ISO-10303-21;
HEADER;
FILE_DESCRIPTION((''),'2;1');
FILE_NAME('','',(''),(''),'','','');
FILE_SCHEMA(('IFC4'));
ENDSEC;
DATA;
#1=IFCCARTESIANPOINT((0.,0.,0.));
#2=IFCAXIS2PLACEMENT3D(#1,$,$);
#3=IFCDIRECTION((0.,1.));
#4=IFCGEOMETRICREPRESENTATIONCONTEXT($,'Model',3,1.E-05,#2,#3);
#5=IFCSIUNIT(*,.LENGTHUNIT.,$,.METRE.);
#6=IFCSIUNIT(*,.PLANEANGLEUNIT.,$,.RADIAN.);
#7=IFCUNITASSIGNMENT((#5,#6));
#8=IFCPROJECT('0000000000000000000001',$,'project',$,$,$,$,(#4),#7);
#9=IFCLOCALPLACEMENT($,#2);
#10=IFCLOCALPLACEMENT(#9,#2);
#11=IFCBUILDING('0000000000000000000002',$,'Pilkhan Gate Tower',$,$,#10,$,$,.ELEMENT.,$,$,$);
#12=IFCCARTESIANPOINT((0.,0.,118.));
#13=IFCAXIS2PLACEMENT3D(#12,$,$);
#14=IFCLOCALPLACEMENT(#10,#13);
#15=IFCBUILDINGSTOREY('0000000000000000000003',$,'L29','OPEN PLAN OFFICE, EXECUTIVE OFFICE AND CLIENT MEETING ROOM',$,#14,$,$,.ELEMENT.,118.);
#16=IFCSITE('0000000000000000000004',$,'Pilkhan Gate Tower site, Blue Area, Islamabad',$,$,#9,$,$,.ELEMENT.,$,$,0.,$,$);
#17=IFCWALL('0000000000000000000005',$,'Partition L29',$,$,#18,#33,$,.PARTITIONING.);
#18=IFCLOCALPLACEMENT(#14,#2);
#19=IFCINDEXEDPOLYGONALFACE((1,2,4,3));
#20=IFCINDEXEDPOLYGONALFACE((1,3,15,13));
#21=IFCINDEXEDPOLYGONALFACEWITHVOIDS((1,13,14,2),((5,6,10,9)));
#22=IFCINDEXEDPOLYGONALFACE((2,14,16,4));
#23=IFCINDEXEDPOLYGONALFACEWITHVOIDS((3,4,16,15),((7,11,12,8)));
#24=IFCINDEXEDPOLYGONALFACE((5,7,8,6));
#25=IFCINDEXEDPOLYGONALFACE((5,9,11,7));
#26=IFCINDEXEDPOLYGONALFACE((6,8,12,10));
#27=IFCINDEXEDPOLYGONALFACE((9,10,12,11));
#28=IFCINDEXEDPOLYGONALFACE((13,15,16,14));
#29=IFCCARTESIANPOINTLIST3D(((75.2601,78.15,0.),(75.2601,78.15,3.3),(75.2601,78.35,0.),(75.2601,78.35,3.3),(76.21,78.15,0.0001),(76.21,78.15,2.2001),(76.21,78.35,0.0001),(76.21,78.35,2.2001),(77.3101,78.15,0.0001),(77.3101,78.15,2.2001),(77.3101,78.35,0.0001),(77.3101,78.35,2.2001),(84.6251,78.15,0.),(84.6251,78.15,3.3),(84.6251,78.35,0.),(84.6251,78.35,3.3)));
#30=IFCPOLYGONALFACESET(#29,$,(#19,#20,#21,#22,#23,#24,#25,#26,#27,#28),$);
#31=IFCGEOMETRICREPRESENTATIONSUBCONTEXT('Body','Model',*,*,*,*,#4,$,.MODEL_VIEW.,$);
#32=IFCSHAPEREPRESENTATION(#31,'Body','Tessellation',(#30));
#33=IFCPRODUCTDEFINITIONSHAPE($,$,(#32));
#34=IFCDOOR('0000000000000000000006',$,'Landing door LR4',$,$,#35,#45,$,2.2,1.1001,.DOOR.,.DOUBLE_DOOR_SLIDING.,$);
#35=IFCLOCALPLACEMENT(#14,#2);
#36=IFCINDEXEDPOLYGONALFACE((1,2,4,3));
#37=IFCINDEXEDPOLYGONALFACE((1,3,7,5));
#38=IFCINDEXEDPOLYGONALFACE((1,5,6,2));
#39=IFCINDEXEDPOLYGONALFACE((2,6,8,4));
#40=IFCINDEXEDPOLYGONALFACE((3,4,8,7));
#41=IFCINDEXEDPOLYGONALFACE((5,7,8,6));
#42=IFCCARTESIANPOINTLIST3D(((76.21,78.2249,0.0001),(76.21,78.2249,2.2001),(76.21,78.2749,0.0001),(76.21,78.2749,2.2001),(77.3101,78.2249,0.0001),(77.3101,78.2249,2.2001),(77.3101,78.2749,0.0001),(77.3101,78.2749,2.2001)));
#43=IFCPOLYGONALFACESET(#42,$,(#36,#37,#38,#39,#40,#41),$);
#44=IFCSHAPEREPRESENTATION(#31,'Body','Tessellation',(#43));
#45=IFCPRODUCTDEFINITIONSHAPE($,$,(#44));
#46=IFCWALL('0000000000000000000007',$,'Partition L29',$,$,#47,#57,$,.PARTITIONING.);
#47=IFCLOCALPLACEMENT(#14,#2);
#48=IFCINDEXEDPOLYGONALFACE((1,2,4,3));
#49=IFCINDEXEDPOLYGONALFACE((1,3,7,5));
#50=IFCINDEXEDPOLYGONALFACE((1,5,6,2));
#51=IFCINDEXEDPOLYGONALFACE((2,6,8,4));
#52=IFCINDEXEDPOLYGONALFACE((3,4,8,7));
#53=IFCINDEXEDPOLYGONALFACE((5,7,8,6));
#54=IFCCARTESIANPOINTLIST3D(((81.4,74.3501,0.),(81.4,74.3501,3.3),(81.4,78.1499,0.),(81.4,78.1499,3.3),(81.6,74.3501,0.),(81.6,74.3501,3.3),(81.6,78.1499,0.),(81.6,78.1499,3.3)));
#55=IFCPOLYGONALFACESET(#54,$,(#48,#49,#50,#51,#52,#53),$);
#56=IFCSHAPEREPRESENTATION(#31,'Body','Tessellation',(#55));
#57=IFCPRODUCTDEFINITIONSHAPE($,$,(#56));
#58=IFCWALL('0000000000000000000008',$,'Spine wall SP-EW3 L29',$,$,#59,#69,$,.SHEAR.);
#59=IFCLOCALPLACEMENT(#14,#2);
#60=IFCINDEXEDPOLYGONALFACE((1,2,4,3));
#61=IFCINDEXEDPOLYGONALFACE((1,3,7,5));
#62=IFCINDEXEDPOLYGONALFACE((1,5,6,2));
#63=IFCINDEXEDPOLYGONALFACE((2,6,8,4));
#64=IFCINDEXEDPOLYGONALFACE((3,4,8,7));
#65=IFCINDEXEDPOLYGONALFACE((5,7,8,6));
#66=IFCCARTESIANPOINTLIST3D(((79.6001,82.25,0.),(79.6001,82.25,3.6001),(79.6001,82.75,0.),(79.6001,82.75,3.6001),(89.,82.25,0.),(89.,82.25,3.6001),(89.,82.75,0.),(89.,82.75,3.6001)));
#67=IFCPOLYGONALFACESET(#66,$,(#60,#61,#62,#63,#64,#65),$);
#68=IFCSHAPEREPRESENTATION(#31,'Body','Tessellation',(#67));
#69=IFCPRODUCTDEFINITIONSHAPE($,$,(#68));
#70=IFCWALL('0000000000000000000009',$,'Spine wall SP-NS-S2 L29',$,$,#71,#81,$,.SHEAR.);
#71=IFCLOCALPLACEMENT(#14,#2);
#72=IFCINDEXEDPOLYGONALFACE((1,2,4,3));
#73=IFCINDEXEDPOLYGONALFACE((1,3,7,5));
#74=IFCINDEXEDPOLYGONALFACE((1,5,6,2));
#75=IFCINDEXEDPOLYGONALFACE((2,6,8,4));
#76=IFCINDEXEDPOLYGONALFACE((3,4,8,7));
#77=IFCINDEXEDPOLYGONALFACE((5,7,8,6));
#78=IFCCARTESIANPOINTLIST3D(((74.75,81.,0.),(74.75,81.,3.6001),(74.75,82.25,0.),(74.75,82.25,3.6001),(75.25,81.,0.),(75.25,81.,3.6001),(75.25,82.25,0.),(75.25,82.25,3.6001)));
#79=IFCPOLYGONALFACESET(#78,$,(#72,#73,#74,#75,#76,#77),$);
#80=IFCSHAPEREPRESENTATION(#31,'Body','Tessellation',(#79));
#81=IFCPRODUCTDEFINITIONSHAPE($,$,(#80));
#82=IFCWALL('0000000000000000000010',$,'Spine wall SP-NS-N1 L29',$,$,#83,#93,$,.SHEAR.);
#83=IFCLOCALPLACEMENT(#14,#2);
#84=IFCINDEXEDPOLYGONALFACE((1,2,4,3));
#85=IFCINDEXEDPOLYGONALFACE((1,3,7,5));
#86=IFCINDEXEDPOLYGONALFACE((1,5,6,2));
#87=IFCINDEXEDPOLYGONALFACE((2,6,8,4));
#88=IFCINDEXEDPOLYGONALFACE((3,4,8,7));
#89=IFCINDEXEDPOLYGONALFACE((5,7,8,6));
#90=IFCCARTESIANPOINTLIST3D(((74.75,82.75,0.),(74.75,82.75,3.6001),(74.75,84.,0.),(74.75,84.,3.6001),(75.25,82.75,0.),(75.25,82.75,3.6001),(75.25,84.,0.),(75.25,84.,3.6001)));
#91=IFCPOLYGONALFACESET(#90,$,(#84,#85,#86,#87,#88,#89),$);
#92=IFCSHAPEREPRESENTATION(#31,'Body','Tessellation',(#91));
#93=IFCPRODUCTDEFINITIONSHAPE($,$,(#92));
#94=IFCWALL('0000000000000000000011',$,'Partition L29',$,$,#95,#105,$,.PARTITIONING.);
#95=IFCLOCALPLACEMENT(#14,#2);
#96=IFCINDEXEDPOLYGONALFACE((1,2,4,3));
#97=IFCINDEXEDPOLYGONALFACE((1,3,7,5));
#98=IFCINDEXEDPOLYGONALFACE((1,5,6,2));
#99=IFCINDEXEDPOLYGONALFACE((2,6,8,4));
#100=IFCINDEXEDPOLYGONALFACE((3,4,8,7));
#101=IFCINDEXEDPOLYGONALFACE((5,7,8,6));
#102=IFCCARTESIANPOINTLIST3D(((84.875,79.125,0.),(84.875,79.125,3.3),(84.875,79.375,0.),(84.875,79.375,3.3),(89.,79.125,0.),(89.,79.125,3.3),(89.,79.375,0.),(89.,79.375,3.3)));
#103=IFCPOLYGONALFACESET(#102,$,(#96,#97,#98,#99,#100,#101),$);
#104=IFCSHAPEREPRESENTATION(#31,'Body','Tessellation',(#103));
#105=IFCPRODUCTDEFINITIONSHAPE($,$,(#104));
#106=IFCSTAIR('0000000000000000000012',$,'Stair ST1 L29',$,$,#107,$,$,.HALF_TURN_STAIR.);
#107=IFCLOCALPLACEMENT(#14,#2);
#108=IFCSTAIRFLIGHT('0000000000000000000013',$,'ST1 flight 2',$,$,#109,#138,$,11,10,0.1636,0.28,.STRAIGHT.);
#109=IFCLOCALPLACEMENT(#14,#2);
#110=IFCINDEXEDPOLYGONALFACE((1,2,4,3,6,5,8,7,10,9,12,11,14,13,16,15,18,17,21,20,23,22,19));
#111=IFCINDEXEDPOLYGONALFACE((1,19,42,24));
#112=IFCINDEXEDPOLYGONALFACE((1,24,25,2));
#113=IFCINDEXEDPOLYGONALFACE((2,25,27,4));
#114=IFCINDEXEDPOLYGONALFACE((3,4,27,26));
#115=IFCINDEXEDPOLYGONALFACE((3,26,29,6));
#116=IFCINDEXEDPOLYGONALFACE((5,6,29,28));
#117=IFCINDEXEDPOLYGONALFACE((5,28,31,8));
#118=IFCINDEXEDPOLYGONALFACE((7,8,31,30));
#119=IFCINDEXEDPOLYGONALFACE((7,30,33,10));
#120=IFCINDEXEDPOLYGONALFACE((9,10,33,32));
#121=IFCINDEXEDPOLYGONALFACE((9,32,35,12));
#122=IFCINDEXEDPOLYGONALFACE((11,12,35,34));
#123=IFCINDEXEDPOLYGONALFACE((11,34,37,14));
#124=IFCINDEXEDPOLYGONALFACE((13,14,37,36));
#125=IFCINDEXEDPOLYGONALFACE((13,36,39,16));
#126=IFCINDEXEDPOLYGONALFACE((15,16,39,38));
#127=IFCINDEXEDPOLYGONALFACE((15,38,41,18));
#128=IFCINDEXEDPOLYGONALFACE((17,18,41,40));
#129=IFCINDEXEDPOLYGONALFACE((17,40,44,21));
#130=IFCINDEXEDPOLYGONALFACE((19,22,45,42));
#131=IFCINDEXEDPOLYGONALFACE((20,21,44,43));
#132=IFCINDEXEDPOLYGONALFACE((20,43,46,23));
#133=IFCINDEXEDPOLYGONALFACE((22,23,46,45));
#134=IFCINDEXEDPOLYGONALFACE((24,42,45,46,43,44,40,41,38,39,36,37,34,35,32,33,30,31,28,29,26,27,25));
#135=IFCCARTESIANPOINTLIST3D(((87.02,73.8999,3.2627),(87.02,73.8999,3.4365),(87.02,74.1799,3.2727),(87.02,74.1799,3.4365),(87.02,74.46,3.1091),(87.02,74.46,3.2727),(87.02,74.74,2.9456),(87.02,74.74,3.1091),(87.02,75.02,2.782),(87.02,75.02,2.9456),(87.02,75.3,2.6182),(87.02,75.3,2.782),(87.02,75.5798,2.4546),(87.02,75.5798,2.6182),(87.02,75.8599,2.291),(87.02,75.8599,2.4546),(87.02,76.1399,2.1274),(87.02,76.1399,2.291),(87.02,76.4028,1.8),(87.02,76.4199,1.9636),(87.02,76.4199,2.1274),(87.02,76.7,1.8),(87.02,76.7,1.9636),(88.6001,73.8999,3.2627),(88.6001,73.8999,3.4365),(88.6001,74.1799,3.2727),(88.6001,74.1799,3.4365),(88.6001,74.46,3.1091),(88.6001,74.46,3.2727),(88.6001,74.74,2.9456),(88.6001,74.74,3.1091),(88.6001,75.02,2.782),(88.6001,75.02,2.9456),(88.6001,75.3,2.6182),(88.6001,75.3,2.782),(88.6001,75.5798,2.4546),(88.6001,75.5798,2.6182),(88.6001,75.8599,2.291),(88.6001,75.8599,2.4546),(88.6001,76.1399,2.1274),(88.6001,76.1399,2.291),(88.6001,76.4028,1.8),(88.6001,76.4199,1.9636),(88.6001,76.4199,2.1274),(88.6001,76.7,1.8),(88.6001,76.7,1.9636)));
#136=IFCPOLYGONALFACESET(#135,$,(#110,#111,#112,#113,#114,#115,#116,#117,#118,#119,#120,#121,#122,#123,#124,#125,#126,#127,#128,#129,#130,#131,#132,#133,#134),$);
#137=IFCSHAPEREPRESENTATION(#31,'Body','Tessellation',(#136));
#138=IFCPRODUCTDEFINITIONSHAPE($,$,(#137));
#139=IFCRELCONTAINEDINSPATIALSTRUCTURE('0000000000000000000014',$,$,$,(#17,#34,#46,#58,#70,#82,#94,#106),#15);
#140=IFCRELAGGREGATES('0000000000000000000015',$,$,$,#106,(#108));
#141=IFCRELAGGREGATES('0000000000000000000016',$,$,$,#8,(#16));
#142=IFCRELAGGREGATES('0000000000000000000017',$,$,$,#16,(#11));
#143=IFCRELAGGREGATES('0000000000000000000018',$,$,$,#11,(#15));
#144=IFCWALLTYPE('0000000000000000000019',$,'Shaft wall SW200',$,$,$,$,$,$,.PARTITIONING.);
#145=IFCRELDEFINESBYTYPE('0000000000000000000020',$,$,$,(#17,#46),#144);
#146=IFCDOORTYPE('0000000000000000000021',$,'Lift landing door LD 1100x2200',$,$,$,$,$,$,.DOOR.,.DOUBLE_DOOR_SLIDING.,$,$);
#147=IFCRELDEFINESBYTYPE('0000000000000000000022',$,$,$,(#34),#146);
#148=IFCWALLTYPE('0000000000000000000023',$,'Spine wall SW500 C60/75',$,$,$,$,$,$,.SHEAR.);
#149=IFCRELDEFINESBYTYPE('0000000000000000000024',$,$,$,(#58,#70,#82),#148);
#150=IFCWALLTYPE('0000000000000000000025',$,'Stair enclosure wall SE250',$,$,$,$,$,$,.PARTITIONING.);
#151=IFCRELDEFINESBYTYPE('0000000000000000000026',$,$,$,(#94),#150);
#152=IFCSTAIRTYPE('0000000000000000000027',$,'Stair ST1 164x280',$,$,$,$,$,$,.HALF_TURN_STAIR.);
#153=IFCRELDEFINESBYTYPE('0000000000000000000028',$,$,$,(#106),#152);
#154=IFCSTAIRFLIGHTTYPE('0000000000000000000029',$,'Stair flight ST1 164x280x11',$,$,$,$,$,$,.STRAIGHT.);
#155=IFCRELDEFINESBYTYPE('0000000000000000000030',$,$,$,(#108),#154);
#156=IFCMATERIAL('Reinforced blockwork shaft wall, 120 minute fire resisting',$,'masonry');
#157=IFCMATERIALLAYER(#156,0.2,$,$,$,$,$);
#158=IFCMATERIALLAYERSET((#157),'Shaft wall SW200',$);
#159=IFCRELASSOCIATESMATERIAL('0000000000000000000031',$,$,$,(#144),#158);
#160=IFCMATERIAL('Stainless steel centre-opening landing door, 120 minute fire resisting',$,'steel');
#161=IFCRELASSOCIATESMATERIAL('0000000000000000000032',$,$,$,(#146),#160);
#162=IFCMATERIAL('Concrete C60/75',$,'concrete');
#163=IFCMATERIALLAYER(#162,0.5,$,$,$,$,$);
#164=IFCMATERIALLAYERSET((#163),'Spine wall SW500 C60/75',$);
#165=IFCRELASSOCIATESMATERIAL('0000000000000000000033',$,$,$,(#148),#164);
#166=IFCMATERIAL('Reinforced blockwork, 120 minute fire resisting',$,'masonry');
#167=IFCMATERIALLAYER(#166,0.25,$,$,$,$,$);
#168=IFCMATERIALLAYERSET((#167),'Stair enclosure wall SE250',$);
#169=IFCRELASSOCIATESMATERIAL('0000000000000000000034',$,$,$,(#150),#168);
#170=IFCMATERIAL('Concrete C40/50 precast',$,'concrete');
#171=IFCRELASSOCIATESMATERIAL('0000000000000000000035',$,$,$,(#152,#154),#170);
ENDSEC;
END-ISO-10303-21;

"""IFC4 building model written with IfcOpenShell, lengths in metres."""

from ifc_helpers import new_model, si_unit, direction, frame, frame_2d, origin, place, context, subcontext, project, spatial, polyline, rectangle, outline, extrude, material, layer, layer_set, type_object, element, fill, aggregate, save


model = new_model("IFC4")

# Units and contexts
model_context = context("Model", 3, precision=1e-05, world=origin(), true_north=direction((0.0, 1.0)))
body_context = subcontext(model_context, "Body", "Model", "MODEL_VIEW")
ifc_project = project(units=[si_unit("LENGTHUNIT", "METRE"), si_unit("PLANEANGLEUNIT", "RADIAN")], contexts=[model_context])

# Site, building, storey
site_placement = place(None, origin())
site = spatial("IfcSite", under=ifc_project, at=site_placement, Name="Pilkhan Gate Tower site, Blue Area, Islamabad", CompositionType="ELEMENT", RefElevation=0.0)
building_placement = place(site_placement, origin())
building = spatial("IfcBuilding", under=site, at=building_placement, Name="Pilkhan Gate Tower", CompositionType="ELEMENT")
storey_placement = place(building_placement, frame((0.0, 0.0, 118.0)))
storey = spatial("IfcBuildingStorey", under=building, at=storey_placement, Name="L29", Description="OPEN PLAN OFFICE, EXECUTIVE OFFICE AND CLIENT MEETING ROOM", CompositionType="ELEMENT", Elevation=118.0)

# Shared definitions
ifc_material_1 = material(Name="Concrete C60/75", Category="concrete")

# Wall, opening, door
ifc_material_2 = material(Name="Reinforced blockwork shaft wall, 120 minute fire resisting", Category="masonry")
ifc_layer_1 = layer(ifc_material_2, 0.2)
ifc_layer_set_1 = layer_set([ifc_layer_1], Name="Shaft wall SW200")
wall_type_1 = type_object("IfcWallType", Name="Shaft wall SW200", PredefinedType="PARTITIONING", material=ifc_layer_set_1)
wall_1_placement = place(storey_placement, frame((75.26, 78.25, 0.0), z_axis=(0.0, 0.0, 1.0), x_axis=(1.0, 0.0, 0.0)))
wall_1 = element("IfcWall", 1, at=wall_1_placement, inside=storey, type_object=wall_type_1, Name="Partition L29", PredefinedType="PARTITIONING", context=body_context, shape_type="SweptSolid", body=[
    extrude(rectangle(XDim=9.365, YDim=0.2, at=frame_2d((4.6826, 0.0))), origin(), (0.0, 0.0, 1.0), 3.3),
])
opening_1_placement = place(wall_1_placement, frame((0.95, 0.0, 0.0)))
opening_1 = element("IfcOpeningElement", 2, at=opening_1_placement, cuts=wall_1, PredefinedType="OPENING", context=body_context, shape_type="SweptSolid", body=[
    extrude(rectangle(XDim=1.1001, YDim=2.2, at=frame_2d((0.55, 1.1001))), frame((0.0, 0.1099, 0.0), z_axis=(0.0, -1.0, 0.0), x_axis=(1.0, 0.0, 0.0)), (0.0, 0.0, 1.0), 0.22),
])
ifc_material_3 = material(Name="Stainless steel centre-opening landing door, 120 minute fire resisting", Category="steel")
door_type_1 = type_object("IfcDoorType", Name="Lift landing door LD 1100x2200", OperationType="DOUBLE_DOOR_SLIDING", PredefinedType="DOOR", material=ifc_material_3)
door_1_placement = place(opening_1_placement, origin())
door_1 = element("IfcDoor", 3, at=door_1_placement, inside=storey, type_object=door_type_1, Name="Landing door LR4", OperationType="DOUBLE_DOOR_SLIDING", OverallHeight=2.2, OverallWidth=1.1001, PredefinedType="DOOR", context=body_context, shape_type="SweptSolid", body=[
    extrude(rectangle(XDim=1.1001, YDim=2.2, at=frame_2d((0.55, 1.1001))), frame((0.0, 0.0249, 0.0), z_axis=(0.0, -1.0, 0.0), x_axis=(1.0, 0.0, 0.0)), (0.0, 0.0, 1.0), 0.05),
])
fill(opening_1, door_1)

# Walls
wall_2_placement = place(storey_placement, frame((81.5, 74.3501, 0.0), z_axis=(0.0, 0.0, 1.0), x_axis=(0.0, 1.0, 0.0)))
element("IfcWall", 4, at=wall_2_placement, inside=storey, type_object=wall_type_1, Name="Partition L29", PredefinedType="PARTITIONING", context=body_context, shape_type="SweptSolid", body=[
    extrude(rectangle(XDim=3.7998, YDim=0.2, at=frame_2d((1.8999, 0.0))), origin(), (0.0, 0.0, 1.0), 3.3),
])
ifc_layer_2 = layer(ifc_material_1, 0.5)
ifc_layer_set_2 = layer_set([ifc_layer_2], Name="Spine wall SW500 C60/75")
wall_type_2 = type_object("IfcWallType", Name="Spine wall SW500 C60/75", PredefinedType="SHEAR", material=ifc_layer_set_2)
wall_3_placement = place(storey_placement, frame((79.6001, 82.5, 0.0), z_axis=(0.0, 0.0, 1.0), x_axis=(1.0, 0.0, 0.0)))
element("IfcWall", 5, at=wall_3_placement, inside=storey, type_object=wall_type_2, Name="Spine wall SP-EW3 L29", PredefinedType="SHEAR", context=body_context, shape_type="SweptSolid", body=[
    extrude(rectangle(XDim=9.3999, YDim=0.5, at=frame_2d((4.7, 0.0))), origin(), (0.0, 0.0, 1.0), 3.6001),
])
for number, where, z_axis, x_axis, name in (
    (6, (75.0, 81.0, 0.0), (0.0, 0.0, 1.0), (0.0, 1.0, 0.0), "Spine wall SP-NS-S2 L29"),
    (7, (75.0, 82.75, 0.0), (0.0, 0.0, 1.0), (0.0, 1.0, 0.0), "Spine wall SP-NS-N1 L29"),
):
    element("IfcWall", number, at=place(storey_placement, frame(where, z_axis=z_axis, x_axis=x_axis)), inside=storey, type_object=wall_type_2, Name=name, PredefinedType="SHEAR", context=body_context, shape_type="SweptSolid", body=[
        extrude(rectangle(XDim=1.25, YDim=0.5, at=frame_2d((0.625, 0.0))), origin(), (0.0, 0.0, 1.0), 3.6001),
    ])
ifc_material_4 = material(Name="Reinforced blockwork, 120 minute fire resisting", Category="masonry")
ifc_layer_3 = layer(ifc_material_4, 0.25)
ifc_layer_set_3 = layer_set([ifc_layer_3], Name="Stair enclosure wall SE250")
wall_type_3 = type_object("IfcWallType", Name="Stair enclosure wall SE250", PredefinedType="PARTITIONING", material=ifc_layer_set_3)
wall_4_placement = place(storey_placement, frame((84.875, 79.25, 0.0), z_axis=(0.0, 0.0, 1.0), x_axis=(1.0, 0.0, 0.0)))
element("IfcWall", 8, at=wall_4_placement, inside=storey, type_object=wall_type_3, Name="Partition L29", PredefinedType="PARTITIONING", context=body_context, shape_type="SweptSolid", body=[
    extrude(rectangle(XDim=4.125, YDim=0.25, at=frame_2d((2.0625, 0.0))), origin(), (0.0, 0.0, 1.0), 3.3),
])

# Stair, stair flight
ifc_material_5 = material(Name="Concrete C40/50 precast", Category="concrete")
stair_type = type_object("IfcStairType", Name="Stair ST1 164x280", PredefinedType="HALF_TURN_STAIR", material=ifc_material_5)
stair_placement = place(storey_placement, origin())
stair = element("IfcStair", 9, at=stair_placement, inside=storey, type_object=stair_type, Name="Stair ST1 L29", PredefinedType="HALF_TURN_STAIR")
stair_flight_type = type_object("IfcStairFlightType", Name="Stair flight ST1 164x280x11", PredefinedType="STRAIGHT", material=ifc_material_5)
stair_flight_placement = place(storey_placement, frame((87.8101, 76.7, 1.8), z_axis=(0.0, 0.0, 1.0), x_axis=(0.0, -1.0, 0.0)))
stair_flight = element("IfcStairFlight", 10, at=stair_flight_placement, type_object=stair_flight_type, Name="ST1 flight 2", NumberOfRisers=11, NumberOfTreads=10, PredefinedType="STRAIGHT", RiserHeight=0.1636, TreadLength=0.28, context=body_context, shape_type="SweptSolid", body=[
    extrude(outline(polyline([(0.0, 0.0), (0.0, 0.1636), (0.28, 0.1636), (0.28, 0.3274), (0.5601, 0.3274), (0.5601, 0.491), (0.8401, 0.491), (0.8401, 0.6545), (1.1201, 0.6545), (1.1201, 0.8181), (1.3999, 0.8181), (1.3999, 0.9819), (1.6799, 0.9819), (1.6799, 1.1455), (1.96, 1.1455), (1.96, 1.3091), (2.24, 1.3091), (2.24, 1.4727), (2.52, 1.4727), (2.52, 1.6365), (2.8, 1.6365), (2.8, 1.8), (2.8, 1.4626), (0.2971, 0.0), (0.0, 0.0)])), frame((0.0, 0.79, 0.0), z_axis=(0.0, -1.0, 0.0), x_axis=(1.0, 0.0, 0.0)), (0.0, 0.0, 1.0), 1.5801),
])
aggregate(stair, [stair_flight])

save(model, "model.ifc")
